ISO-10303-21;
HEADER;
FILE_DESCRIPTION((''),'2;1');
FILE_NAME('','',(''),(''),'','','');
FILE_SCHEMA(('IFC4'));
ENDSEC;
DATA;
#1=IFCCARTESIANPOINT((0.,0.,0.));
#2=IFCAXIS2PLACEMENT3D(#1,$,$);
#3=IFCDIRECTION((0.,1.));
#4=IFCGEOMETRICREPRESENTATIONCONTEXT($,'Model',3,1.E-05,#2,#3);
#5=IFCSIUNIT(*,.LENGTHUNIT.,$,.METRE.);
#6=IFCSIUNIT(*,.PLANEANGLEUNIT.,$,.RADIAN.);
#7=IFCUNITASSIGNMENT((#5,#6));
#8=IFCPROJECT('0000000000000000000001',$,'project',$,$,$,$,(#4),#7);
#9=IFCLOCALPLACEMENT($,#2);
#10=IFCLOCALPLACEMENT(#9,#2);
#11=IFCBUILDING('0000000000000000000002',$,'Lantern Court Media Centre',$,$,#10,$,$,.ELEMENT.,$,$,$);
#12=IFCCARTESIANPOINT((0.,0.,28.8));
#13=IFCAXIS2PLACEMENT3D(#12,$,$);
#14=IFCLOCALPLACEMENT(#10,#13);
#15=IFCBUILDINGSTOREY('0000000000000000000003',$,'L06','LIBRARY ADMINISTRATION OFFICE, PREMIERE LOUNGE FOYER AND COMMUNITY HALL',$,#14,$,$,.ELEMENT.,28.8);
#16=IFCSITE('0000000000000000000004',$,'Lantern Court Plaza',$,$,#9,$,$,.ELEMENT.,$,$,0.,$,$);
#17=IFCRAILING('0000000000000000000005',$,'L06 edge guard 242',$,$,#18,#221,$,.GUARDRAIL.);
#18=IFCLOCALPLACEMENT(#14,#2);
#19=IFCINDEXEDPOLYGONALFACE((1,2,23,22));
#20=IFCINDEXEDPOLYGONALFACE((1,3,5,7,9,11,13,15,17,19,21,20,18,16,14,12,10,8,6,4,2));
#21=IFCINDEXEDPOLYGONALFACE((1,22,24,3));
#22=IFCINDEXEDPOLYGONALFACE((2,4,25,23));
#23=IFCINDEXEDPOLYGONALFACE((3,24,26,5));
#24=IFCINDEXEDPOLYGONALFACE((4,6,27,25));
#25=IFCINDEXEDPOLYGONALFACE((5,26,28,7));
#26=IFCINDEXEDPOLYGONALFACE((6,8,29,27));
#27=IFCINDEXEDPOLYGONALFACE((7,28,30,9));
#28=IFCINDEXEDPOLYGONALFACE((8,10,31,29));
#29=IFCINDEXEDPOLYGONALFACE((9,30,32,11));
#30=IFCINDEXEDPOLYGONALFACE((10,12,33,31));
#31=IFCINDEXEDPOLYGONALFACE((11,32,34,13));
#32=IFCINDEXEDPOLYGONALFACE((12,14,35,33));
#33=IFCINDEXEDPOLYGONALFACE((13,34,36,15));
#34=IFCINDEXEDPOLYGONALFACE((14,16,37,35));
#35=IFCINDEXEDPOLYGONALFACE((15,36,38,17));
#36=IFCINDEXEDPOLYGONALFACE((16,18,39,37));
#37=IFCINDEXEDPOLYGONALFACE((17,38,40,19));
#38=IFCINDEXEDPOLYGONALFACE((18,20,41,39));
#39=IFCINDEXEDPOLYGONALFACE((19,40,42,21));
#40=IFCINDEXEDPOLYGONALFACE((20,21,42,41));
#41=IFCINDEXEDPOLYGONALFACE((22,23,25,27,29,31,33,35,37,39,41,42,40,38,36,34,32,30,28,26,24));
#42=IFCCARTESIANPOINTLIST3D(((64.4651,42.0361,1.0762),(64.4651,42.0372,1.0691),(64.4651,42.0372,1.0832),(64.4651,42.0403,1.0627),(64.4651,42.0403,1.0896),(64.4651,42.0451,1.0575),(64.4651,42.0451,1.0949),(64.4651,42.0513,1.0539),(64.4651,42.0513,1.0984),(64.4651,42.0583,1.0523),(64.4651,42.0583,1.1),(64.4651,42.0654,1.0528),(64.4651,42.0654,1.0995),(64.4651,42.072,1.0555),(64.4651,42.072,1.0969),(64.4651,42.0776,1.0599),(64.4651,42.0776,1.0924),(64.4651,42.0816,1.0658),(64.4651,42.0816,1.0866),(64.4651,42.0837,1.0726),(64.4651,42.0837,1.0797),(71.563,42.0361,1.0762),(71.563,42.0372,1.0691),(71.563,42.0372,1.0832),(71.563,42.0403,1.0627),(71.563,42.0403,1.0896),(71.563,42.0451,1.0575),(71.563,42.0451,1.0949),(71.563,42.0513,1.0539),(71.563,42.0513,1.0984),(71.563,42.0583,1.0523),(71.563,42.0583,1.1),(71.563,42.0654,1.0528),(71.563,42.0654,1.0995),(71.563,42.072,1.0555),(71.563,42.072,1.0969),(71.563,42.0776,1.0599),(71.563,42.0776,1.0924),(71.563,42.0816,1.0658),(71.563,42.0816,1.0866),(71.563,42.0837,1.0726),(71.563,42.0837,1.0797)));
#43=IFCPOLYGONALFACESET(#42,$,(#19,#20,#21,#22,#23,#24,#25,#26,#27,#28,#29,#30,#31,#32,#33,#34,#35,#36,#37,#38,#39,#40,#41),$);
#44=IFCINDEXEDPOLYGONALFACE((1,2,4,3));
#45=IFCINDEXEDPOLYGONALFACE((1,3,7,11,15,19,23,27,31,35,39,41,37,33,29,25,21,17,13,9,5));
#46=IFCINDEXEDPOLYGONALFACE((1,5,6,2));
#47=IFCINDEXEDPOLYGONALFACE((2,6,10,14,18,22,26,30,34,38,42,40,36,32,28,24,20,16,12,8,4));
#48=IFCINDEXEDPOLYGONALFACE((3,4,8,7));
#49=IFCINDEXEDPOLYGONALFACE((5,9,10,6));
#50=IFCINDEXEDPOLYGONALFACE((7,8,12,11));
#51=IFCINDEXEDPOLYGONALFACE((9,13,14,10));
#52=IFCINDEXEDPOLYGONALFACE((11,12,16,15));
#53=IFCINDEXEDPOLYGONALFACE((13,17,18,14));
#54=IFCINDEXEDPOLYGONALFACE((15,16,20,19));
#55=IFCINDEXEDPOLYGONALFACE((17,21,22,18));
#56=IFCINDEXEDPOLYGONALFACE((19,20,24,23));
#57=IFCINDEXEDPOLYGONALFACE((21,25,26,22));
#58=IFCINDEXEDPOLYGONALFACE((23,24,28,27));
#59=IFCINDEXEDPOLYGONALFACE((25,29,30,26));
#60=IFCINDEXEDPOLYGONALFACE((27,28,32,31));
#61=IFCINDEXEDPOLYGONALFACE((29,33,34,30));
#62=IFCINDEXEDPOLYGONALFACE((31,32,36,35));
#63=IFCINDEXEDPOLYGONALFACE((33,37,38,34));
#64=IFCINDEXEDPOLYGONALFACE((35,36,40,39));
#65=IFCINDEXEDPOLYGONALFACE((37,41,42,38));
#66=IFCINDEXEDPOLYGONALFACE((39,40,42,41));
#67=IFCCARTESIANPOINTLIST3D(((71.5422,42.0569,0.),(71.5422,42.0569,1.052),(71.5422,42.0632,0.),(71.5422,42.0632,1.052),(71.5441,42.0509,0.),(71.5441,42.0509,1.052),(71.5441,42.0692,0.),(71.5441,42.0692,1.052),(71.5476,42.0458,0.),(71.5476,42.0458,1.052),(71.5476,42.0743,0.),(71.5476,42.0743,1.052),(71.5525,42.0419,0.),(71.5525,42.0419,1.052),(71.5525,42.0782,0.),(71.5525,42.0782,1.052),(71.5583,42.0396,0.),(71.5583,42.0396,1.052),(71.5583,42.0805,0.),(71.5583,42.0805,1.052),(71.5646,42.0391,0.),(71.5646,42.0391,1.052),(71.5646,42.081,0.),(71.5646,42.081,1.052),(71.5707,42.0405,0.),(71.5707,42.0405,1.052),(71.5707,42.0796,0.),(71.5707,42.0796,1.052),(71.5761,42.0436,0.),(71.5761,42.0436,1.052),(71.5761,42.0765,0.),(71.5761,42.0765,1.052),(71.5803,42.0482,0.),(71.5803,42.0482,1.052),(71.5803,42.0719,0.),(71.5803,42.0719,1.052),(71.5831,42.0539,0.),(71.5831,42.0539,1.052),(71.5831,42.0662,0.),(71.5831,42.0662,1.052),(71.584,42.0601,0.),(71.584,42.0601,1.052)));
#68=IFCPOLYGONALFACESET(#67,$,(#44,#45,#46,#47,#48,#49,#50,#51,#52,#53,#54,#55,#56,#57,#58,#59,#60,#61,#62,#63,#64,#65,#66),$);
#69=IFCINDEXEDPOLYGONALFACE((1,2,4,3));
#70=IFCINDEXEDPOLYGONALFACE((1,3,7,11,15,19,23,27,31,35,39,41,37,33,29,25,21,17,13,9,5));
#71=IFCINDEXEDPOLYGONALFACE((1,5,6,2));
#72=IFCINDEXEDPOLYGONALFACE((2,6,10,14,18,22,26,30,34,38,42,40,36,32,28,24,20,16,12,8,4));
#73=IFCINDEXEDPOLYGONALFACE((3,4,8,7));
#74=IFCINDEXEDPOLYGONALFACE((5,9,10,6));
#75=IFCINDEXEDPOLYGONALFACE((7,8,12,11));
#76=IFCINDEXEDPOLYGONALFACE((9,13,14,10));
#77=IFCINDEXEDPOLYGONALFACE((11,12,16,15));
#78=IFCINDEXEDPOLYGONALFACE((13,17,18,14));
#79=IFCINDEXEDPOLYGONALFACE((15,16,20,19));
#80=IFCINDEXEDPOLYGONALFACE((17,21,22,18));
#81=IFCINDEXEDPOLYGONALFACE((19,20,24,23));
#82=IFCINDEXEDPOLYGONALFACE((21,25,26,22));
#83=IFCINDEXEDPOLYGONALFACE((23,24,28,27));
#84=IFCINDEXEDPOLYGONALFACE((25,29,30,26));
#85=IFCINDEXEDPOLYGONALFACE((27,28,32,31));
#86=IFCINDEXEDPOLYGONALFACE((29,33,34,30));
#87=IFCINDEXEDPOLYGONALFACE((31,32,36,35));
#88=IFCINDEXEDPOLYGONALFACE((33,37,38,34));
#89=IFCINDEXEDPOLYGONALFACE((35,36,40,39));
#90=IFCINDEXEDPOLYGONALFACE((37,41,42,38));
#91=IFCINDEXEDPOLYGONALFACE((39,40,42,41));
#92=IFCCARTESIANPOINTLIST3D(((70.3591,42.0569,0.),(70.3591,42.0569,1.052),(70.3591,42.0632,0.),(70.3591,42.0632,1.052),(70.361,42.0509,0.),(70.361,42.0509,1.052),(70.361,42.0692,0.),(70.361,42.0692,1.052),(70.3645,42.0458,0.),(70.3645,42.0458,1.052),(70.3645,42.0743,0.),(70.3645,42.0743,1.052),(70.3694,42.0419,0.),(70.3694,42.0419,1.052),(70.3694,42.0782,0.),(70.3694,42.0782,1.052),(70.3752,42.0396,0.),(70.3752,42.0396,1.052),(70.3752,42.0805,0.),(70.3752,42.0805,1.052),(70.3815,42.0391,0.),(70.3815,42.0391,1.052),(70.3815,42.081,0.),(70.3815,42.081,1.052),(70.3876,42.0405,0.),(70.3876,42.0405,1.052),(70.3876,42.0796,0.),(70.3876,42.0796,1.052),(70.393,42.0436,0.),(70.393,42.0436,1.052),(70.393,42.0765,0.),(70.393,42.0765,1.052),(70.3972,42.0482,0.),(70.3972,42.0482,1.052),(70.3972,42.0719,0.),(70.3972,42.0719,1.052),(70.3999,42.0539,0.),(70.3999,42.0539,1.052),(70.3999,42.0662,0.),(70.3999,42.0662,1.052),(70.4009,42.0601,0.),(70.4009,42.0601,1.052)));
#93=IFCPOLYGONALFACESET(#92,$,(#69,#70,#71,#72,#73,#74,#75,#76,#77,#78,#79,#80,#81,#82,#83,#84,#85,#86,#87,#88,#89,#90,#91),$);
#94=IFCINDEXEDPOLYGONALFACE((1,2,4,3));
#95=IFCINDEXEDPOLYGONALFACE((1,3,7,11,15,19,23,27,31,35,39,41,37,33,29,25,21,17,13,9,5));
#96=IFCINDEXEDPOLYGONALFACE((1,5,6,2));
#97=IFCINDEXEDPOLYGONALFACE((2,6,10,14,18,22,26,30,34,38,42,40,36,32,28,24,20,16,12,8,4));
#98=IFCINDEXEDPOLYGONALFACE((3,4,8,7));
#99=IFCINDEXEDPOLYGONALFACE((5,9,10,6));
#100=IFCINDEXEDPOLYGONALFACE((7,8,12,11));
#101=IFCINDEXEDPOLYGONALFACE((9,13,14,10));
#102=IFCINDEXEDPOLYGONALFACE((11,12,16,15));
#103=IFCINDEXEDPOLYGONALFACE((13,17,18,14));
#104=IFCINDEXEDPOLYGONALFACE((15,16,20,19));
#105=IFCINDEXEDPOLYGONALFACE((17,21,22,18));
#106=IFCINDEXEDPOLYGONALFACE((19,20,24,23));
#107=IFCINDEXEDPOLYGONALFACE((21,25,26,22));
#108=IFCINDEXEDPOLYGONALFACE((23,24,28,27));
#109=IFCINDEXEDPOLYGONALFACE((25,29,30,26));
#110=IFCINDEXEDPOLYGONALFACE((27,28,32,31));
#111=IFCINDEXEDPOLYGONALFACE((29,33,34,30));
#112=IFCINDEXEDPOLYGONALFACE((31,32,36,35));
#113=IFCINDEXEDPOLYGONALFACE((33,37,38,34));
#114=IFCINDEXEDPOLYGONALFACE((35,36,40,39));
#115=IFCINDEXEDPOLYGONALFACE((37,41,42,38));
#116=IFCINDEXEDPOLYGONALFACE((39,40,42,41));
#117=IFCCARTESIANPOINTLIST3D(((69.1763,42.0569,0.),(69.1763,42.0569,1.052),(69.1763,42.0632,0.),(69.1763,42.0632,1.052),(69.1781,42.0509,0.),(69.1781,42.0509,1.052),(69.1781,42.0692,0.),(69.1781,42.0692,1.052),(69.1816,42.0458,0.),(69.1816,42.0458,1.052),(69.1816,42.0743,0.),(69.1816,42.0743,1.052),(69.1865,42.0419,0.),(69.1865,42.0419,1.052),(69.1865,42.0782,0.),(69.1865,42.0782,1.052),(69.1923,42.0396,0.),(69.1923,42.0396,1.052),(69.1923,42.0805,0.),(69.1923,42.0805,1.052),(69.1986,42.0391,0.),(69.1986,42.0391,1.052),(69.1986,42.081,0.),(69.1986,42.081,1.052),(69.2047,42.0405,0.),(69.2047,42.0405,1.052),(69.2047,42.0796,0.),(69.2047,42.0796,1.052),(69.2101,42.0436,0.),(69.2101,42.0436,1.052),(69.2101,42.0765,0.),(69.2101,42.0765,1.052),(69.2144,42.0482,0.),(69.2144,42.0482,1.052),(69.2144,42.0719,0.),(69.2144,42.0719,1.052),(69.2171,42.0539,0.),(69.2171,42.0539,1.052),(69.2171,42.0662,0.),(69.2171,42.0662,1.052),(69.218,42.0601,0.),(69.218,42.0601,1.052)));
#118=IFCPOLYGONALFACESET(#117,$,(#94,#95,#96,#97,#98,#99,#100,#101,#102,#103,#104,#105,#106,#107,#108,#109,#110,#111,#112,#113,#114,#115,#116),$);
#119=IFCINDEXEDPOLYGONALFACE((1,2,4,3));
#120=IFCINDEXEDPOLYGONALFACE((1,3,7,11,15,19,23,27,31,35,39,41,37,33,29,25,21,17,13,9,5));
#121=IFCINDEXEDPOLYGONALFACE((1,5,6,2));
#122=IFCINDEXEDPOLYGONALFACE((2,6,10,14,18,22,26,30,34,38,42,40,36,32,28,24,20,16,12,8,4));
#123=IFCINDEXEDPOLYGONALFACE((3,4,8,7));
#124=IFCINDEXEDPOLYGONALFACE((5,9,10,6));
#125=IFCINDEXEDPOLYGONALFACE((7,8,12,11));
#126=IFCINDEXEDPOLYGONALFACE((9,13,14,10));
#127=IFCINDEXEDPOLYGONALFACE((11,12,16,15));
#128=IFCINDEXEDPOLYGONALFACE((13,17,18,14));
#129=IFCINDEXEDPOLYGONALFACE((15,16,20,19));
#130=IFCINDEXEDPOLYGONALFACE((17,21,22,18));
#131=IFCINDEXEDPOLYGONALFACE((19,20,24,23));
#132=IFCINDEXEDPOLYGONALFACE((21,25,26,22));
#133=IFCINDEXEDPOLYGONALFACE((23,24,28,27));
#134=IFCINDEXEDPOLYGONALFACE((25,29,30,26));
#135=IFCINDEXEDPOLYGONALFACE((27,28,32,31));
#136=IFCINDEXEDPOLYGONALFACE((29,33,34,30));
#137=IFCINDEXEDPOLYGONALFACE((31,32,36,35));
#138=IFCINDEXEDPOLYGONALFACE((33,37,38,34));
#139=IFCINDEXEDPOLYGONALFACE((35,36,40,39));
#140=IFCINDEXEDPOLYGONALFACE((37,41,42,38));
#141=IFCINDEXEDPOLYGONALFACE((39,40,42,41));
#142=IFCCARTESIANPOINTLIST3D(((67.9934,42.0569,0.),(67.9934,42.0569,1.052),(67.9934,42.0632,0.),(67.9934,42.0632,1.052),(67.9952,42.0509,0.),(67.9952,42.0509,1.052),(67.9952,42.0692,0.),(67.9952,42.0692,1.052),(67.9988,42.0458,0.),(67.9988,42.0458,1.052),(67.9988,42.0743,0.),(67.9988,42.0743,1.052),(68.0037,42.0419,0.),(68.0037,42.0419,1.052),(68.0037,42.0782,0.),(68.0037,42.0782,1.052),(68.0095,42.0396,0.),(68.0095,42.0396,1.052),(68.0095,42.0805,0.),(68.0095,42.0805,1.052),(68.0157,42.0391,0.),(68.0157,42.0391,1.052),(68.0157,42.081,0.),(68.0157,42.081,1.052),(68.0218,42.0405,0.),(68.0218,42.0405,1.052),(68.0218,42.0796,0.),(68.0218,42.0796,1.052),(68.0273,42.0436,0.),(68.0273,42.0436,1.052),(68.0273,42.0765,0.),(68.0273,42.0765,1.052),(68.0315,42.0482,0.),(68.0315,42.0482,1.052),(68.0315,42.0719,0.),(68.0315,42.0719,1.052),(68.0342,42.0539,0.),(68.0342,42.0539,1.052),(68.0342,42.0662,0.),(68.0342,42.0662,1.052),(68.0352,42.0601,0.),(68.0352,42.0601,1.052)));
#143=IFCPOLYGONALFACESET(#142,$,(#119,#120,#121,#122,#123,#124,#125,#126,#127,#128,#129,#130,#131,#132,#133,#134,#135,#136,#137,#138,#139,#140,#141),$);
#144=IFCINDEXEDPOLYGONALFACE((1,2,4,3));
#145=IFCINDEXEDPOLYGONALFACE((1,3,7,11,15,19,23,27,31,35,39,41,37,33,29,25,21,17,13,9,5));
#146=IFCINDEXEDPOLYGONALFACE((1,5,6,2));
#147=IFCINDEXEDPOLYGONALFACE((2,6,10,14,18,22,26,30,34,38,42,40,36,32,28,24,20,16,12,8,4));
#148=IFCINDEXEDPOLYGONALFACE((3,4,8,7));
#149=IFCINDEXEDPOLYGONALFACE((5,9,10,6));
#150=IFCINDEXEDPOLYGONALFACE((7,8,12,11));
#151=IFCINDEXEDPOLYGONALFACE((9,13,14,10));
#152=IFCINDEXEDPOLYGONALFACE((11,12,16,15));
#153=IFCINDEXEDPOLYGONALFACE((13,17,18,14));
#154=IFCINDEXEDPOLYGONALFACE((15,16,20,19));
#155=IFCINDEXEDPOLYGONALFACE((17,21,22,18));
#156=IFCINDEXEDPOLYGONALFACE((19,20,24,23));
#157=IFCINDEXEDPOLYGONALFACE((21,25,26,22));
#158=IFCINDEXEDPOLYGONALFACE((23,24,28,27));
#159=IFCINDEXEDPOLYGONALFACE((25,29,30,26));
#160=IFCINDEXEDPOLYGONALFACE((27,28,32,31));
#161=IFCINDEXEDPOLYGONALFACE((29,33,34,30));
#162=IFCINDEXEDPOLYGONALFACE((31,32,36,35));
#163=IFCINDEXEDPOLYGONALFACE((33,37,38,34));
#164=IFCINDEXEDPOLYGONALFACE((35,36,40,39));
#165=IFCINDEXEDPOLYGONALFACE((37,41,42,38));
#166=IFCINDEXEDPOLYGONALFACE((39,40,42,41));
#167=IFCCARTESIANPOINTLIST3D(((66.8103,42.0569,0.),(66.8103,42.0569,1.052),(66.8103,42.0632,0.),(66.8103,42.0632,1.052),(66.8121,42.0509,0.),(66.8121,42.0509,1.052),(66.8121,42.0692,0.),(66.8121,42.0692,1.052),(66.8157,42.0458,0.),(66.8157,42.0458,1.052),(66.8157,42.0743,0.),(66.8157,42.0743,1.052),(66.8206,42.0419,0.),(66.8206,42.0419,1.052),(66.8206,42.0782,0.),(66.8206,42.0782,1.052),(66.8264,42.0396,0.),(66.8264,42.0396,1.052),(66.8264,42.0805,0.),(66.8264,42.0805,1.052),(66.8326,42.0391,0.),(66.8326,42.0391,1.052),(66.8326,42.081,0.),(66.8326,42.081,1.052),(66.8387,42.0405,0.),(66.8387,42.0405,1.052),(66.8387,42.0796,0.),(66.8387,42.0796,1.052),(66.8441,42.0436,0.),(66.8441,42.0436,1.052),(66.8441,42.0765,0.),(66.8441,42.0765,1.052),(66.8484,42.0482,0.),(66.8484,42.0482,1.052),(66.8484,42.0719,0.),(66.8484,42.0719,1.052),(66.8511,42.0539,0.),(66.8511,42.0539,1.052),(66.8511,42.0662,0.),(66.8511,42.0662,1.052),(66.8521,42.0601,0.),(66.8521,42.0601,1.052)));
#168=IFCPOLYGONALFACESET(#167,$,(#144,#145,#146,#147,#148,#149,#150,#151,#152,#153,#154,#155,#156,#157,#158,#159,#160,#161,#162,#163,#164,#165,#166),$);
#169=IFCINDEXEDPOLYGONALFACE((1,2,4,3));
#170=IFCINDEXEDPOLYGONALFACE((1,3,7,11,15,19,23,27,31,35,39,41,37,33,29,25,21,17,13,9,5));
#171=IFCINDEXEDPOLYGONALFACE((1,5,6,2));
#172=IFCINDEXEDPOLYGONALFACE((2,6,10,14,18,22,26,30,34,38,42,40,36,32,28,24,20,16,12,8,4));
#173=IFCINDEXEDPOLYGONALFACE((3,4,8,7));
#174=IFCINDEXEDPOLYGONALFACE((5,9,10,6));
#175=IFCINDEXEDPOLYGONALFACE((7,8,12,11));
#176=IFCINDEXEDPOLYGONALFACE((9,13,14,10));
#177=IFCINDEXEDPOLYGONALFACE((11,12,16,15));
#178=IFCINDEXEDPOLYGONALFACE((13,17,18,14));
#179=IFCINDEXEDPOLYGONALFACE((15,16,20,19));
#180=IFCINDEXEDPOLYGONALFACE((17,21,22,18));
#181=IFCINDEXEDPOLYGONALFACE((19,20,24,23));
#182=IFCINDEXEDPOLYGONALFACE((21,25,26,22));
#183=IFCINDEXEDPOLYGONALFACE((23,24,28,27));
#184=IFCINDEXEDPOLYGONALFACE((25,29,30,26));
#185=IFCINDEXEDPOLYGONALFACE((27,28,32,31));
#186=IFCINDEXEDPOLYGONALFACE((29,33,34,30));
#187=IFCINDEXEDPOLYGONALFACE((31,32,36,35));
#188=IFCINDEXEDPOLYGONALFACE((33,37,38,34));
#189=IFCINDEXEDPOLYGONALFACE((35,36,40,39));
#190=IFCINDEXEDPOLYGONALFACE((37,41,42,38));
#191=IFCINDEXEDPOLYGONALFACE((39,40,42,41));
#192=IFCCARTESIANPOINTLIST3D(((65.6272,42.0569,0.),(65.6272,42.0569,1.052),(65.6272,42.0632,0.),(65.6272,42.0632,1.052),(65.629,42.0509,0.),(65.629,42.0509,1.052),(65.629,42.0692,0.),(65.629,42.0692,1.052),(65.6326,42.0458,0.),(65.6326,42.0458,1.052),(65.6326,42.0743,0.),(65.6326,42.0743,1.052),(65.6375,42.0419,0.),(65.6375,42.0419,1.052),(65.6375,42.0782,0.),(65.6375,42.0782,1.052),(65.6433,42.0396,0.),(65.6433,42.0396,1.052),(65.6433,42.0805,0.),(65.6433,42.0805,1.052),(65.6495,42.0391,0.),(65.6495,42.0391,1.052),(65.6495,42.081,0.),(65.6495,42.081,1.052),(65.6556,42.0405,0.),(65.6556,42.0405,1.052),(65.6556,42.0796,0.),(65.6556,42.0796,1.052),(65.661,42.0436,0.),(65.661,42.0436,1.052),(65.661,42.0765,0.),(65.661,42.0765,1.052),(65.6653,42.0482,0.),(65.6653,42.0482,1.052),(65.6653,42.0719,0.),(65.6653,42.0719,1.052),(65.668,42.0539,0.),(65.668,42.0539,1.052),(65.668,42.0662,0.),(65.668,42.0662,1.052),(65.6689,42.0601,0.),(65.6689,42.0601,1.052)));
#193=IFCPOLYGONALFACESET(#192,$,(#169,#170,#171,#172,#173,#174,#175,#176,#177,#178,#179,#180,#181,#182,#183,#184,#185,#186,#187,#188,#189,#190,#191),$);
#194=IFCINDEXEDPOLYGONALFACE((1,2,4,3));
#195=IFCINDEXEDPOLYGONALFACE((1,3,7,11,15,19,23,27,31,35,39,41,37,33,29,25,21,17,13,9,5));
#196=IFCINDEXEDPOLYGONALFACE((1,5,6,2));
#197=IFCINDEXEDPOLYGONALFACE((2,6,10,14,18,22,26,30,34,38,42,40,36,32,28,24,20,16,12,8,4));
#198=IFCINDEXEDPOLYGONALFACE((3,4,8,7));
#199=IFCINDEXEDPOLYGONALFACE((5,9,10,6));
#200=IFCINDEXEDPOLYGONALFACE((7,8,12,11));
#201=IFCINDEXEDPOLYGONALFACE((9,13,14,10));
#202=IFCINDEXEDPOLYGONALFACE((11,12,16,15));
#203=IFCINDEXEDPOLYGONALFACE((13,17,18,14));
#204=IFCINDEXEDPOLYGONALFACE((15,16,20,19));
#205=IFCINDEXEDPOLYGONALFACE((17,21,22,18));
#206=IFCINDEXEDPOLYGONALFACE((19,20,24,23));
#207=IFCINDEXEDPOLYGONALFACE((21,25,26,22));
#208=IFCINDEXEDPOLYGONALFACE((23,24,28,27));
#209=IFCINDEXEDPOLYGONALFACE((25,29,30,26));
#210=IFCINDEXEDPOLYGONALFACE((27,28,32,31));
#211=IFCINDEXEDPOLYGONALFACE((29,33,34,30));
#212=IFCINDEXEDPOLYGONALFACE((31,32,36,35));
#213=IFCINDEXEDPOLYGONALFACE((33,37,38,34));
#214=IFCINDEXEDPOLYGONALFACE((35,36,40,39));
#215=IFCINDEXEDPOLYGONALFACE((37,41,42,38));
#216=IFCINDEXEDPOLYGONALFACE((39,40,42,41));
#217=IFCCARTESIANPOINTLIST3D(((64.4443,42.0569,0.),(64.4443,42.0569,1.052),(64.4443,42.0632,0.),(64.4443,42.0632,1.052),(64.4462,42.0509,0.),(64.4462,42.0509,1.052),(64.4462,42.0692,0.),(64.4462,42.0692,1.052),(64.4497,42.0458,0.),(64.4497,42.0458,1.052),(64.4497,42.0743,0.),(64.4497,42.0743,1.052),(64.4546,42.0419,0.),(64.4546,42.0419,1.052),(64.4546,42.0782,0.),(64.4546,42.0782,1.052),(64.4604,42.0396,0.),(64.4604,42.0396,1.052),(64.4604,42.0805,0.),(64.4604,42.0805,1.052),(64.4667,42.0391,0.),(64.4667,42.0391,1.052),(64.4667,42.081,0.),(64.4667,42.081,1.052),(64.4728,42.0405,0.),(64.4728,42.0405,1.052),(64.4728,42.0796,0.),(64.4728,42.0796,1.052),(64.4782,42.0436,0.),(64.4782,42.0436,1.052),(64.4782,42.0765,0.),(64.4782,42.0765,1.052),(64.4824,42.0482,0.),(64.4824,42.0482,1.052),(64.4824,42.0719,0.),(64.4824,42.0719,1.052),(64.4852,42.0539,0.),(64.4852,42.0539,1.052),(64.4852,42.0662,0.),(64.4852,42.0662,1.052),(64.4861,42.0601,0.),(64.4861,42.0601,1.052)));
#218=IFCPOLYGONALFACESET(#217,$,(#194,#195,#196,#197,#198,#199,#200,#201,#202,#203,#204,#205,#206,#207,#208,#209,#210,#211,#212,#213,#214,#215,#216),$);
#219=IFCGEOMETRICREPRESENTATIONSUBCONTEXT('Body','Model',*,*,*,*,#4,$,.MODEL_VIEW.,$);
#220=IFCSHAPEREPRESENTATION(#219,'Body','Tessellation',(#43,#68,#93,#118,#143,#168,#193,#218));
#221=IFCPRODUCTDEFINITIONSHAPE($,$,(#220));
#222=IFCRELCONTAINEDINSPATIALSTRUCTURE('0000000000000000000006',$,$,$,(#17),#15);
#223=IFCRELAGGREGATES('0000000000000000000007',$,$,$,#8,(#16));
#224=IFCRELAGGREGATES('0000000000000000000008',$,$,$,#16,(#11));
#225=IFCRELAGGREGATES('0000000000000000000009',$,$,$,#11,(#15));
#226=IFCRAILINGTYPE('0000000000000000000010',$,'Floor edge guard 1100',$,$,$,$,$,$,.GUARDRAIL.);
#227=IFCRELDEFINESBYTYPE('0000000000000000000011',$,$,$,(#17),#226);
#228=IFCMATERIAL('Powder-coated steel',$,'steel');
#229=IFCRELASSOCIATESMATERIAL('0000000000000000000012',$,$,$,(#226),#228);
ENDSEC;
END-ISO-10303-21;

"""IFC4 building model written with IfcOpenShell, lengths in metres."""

from ifc_helpers import new_model, si_unit, direction, frame, origin, origin_2d, place, context, subcontext, project, spatial, circle, extrude, material, type_object, element, save


model = new_model("IFC4")

# Units and contexts
model_context = context("Model", 3, precision=1e-05, world=origin(), true_north=direction((0.0, 1.0)))
body_context = subcontext(model_context, "Body", "Model", "MODEL_VIEW")
ifc_project = project(units=[si_unit("LENGTHUNIT", "METRE"), si_unit("PLANEANGLEUNIT", "RADIAN")], contexts=[model_context])

# Site, building, storey
site_placement = place(None, origin())
site = spatial("IfcSite", under=ifc_project, at=site_placement, Name="Lantern Court Plaza", CompositionType="ELEMENT", RefElevation=0.0)
building_placement = place(site_placement, origin())
building = spatial("IfcBuilding", under=site, at=building_placement, Name="Lantern Court Media Centre", CompositionType="ELEMENT")
storey_placement = place(building_placement, frame((0.0, 0.0, 28.8)))
storey = spatial("IfcBuildingStorey", under=building, at=storey_placement, Name="L06", Description="LIBRARY ADMINISTRATION OFFICE, PREMIERE LOUNGE FOYER AND COMMUNITY HALL", CompositionType="ELEMENT", Elevation=28.8)

# Railing
ifc_material_1 = material(Name="Powder-coated steel", Category="steel")
railing_type = type_object("IfcRailingType", Name="Floor edge guard 1100", PredefinedType="GUARDRAIL", material=ifc_material_1)
railing_placement = place(storey_placement, frame((71.563, 42.0601, 0.0)))
element("IfcRailing", 1, at=railing_placement, inside=storey, type_object=railing_type, Name="L06 edge guard 242", PredefinedType="GUARDRAIL", context=body_context, shape_type="SweptSolid", body=[
    extrude(circle(Radius=0.0239, at=origin_2d()), frame((0.0, 0.0, 1.0762), z_axis=(-1.0, 0.0, 0.0), x_axis=(0.0, -1.0, 0.0)), (0.0, 0.0, 1.0), 7.0979),
    extrude(circle(Radius=0.021, at=origin_2d()), origin(), (0.0, 0.0, 1.0), 1.052),
    extrude(circle(Radius=0.021, at=origin_2d()), frame((-1.1831, 0.0, 0.0)), (0.0, 0.0, 1.0), 1.052),
    extrude(circle(Radius=0.021, at=origin_2d()), frame((-2.366, 0.0, 0.0)), (0.0, 0.0, 1.0), 1.052),
    extrude(circle(Radius=0.021, at=origin_2d()), frame((-3.5488, 0.0, 0.0)), (0.0, 0.0, 1.0), 1.052),
    extrude(circle(Radius=0.021, at=origin_2d()), frame((-4.7319, 0.0, 0.0)), (0.0, 0.0, 1.0), 1.052),
    extrude(circle(Radius=0.021, at=origin_2d()), frame((-5.915, 0.0, 0.0)), (0.0, 0.0, 1.0), 1.052),
    extrude(circle(Radius=0.021, at=origin_2d()), frame((-7.0979, 0.0, 0.0)), (0.0, 0.0, 1.0), 1.052),
])

save(model, "model.ifc")
